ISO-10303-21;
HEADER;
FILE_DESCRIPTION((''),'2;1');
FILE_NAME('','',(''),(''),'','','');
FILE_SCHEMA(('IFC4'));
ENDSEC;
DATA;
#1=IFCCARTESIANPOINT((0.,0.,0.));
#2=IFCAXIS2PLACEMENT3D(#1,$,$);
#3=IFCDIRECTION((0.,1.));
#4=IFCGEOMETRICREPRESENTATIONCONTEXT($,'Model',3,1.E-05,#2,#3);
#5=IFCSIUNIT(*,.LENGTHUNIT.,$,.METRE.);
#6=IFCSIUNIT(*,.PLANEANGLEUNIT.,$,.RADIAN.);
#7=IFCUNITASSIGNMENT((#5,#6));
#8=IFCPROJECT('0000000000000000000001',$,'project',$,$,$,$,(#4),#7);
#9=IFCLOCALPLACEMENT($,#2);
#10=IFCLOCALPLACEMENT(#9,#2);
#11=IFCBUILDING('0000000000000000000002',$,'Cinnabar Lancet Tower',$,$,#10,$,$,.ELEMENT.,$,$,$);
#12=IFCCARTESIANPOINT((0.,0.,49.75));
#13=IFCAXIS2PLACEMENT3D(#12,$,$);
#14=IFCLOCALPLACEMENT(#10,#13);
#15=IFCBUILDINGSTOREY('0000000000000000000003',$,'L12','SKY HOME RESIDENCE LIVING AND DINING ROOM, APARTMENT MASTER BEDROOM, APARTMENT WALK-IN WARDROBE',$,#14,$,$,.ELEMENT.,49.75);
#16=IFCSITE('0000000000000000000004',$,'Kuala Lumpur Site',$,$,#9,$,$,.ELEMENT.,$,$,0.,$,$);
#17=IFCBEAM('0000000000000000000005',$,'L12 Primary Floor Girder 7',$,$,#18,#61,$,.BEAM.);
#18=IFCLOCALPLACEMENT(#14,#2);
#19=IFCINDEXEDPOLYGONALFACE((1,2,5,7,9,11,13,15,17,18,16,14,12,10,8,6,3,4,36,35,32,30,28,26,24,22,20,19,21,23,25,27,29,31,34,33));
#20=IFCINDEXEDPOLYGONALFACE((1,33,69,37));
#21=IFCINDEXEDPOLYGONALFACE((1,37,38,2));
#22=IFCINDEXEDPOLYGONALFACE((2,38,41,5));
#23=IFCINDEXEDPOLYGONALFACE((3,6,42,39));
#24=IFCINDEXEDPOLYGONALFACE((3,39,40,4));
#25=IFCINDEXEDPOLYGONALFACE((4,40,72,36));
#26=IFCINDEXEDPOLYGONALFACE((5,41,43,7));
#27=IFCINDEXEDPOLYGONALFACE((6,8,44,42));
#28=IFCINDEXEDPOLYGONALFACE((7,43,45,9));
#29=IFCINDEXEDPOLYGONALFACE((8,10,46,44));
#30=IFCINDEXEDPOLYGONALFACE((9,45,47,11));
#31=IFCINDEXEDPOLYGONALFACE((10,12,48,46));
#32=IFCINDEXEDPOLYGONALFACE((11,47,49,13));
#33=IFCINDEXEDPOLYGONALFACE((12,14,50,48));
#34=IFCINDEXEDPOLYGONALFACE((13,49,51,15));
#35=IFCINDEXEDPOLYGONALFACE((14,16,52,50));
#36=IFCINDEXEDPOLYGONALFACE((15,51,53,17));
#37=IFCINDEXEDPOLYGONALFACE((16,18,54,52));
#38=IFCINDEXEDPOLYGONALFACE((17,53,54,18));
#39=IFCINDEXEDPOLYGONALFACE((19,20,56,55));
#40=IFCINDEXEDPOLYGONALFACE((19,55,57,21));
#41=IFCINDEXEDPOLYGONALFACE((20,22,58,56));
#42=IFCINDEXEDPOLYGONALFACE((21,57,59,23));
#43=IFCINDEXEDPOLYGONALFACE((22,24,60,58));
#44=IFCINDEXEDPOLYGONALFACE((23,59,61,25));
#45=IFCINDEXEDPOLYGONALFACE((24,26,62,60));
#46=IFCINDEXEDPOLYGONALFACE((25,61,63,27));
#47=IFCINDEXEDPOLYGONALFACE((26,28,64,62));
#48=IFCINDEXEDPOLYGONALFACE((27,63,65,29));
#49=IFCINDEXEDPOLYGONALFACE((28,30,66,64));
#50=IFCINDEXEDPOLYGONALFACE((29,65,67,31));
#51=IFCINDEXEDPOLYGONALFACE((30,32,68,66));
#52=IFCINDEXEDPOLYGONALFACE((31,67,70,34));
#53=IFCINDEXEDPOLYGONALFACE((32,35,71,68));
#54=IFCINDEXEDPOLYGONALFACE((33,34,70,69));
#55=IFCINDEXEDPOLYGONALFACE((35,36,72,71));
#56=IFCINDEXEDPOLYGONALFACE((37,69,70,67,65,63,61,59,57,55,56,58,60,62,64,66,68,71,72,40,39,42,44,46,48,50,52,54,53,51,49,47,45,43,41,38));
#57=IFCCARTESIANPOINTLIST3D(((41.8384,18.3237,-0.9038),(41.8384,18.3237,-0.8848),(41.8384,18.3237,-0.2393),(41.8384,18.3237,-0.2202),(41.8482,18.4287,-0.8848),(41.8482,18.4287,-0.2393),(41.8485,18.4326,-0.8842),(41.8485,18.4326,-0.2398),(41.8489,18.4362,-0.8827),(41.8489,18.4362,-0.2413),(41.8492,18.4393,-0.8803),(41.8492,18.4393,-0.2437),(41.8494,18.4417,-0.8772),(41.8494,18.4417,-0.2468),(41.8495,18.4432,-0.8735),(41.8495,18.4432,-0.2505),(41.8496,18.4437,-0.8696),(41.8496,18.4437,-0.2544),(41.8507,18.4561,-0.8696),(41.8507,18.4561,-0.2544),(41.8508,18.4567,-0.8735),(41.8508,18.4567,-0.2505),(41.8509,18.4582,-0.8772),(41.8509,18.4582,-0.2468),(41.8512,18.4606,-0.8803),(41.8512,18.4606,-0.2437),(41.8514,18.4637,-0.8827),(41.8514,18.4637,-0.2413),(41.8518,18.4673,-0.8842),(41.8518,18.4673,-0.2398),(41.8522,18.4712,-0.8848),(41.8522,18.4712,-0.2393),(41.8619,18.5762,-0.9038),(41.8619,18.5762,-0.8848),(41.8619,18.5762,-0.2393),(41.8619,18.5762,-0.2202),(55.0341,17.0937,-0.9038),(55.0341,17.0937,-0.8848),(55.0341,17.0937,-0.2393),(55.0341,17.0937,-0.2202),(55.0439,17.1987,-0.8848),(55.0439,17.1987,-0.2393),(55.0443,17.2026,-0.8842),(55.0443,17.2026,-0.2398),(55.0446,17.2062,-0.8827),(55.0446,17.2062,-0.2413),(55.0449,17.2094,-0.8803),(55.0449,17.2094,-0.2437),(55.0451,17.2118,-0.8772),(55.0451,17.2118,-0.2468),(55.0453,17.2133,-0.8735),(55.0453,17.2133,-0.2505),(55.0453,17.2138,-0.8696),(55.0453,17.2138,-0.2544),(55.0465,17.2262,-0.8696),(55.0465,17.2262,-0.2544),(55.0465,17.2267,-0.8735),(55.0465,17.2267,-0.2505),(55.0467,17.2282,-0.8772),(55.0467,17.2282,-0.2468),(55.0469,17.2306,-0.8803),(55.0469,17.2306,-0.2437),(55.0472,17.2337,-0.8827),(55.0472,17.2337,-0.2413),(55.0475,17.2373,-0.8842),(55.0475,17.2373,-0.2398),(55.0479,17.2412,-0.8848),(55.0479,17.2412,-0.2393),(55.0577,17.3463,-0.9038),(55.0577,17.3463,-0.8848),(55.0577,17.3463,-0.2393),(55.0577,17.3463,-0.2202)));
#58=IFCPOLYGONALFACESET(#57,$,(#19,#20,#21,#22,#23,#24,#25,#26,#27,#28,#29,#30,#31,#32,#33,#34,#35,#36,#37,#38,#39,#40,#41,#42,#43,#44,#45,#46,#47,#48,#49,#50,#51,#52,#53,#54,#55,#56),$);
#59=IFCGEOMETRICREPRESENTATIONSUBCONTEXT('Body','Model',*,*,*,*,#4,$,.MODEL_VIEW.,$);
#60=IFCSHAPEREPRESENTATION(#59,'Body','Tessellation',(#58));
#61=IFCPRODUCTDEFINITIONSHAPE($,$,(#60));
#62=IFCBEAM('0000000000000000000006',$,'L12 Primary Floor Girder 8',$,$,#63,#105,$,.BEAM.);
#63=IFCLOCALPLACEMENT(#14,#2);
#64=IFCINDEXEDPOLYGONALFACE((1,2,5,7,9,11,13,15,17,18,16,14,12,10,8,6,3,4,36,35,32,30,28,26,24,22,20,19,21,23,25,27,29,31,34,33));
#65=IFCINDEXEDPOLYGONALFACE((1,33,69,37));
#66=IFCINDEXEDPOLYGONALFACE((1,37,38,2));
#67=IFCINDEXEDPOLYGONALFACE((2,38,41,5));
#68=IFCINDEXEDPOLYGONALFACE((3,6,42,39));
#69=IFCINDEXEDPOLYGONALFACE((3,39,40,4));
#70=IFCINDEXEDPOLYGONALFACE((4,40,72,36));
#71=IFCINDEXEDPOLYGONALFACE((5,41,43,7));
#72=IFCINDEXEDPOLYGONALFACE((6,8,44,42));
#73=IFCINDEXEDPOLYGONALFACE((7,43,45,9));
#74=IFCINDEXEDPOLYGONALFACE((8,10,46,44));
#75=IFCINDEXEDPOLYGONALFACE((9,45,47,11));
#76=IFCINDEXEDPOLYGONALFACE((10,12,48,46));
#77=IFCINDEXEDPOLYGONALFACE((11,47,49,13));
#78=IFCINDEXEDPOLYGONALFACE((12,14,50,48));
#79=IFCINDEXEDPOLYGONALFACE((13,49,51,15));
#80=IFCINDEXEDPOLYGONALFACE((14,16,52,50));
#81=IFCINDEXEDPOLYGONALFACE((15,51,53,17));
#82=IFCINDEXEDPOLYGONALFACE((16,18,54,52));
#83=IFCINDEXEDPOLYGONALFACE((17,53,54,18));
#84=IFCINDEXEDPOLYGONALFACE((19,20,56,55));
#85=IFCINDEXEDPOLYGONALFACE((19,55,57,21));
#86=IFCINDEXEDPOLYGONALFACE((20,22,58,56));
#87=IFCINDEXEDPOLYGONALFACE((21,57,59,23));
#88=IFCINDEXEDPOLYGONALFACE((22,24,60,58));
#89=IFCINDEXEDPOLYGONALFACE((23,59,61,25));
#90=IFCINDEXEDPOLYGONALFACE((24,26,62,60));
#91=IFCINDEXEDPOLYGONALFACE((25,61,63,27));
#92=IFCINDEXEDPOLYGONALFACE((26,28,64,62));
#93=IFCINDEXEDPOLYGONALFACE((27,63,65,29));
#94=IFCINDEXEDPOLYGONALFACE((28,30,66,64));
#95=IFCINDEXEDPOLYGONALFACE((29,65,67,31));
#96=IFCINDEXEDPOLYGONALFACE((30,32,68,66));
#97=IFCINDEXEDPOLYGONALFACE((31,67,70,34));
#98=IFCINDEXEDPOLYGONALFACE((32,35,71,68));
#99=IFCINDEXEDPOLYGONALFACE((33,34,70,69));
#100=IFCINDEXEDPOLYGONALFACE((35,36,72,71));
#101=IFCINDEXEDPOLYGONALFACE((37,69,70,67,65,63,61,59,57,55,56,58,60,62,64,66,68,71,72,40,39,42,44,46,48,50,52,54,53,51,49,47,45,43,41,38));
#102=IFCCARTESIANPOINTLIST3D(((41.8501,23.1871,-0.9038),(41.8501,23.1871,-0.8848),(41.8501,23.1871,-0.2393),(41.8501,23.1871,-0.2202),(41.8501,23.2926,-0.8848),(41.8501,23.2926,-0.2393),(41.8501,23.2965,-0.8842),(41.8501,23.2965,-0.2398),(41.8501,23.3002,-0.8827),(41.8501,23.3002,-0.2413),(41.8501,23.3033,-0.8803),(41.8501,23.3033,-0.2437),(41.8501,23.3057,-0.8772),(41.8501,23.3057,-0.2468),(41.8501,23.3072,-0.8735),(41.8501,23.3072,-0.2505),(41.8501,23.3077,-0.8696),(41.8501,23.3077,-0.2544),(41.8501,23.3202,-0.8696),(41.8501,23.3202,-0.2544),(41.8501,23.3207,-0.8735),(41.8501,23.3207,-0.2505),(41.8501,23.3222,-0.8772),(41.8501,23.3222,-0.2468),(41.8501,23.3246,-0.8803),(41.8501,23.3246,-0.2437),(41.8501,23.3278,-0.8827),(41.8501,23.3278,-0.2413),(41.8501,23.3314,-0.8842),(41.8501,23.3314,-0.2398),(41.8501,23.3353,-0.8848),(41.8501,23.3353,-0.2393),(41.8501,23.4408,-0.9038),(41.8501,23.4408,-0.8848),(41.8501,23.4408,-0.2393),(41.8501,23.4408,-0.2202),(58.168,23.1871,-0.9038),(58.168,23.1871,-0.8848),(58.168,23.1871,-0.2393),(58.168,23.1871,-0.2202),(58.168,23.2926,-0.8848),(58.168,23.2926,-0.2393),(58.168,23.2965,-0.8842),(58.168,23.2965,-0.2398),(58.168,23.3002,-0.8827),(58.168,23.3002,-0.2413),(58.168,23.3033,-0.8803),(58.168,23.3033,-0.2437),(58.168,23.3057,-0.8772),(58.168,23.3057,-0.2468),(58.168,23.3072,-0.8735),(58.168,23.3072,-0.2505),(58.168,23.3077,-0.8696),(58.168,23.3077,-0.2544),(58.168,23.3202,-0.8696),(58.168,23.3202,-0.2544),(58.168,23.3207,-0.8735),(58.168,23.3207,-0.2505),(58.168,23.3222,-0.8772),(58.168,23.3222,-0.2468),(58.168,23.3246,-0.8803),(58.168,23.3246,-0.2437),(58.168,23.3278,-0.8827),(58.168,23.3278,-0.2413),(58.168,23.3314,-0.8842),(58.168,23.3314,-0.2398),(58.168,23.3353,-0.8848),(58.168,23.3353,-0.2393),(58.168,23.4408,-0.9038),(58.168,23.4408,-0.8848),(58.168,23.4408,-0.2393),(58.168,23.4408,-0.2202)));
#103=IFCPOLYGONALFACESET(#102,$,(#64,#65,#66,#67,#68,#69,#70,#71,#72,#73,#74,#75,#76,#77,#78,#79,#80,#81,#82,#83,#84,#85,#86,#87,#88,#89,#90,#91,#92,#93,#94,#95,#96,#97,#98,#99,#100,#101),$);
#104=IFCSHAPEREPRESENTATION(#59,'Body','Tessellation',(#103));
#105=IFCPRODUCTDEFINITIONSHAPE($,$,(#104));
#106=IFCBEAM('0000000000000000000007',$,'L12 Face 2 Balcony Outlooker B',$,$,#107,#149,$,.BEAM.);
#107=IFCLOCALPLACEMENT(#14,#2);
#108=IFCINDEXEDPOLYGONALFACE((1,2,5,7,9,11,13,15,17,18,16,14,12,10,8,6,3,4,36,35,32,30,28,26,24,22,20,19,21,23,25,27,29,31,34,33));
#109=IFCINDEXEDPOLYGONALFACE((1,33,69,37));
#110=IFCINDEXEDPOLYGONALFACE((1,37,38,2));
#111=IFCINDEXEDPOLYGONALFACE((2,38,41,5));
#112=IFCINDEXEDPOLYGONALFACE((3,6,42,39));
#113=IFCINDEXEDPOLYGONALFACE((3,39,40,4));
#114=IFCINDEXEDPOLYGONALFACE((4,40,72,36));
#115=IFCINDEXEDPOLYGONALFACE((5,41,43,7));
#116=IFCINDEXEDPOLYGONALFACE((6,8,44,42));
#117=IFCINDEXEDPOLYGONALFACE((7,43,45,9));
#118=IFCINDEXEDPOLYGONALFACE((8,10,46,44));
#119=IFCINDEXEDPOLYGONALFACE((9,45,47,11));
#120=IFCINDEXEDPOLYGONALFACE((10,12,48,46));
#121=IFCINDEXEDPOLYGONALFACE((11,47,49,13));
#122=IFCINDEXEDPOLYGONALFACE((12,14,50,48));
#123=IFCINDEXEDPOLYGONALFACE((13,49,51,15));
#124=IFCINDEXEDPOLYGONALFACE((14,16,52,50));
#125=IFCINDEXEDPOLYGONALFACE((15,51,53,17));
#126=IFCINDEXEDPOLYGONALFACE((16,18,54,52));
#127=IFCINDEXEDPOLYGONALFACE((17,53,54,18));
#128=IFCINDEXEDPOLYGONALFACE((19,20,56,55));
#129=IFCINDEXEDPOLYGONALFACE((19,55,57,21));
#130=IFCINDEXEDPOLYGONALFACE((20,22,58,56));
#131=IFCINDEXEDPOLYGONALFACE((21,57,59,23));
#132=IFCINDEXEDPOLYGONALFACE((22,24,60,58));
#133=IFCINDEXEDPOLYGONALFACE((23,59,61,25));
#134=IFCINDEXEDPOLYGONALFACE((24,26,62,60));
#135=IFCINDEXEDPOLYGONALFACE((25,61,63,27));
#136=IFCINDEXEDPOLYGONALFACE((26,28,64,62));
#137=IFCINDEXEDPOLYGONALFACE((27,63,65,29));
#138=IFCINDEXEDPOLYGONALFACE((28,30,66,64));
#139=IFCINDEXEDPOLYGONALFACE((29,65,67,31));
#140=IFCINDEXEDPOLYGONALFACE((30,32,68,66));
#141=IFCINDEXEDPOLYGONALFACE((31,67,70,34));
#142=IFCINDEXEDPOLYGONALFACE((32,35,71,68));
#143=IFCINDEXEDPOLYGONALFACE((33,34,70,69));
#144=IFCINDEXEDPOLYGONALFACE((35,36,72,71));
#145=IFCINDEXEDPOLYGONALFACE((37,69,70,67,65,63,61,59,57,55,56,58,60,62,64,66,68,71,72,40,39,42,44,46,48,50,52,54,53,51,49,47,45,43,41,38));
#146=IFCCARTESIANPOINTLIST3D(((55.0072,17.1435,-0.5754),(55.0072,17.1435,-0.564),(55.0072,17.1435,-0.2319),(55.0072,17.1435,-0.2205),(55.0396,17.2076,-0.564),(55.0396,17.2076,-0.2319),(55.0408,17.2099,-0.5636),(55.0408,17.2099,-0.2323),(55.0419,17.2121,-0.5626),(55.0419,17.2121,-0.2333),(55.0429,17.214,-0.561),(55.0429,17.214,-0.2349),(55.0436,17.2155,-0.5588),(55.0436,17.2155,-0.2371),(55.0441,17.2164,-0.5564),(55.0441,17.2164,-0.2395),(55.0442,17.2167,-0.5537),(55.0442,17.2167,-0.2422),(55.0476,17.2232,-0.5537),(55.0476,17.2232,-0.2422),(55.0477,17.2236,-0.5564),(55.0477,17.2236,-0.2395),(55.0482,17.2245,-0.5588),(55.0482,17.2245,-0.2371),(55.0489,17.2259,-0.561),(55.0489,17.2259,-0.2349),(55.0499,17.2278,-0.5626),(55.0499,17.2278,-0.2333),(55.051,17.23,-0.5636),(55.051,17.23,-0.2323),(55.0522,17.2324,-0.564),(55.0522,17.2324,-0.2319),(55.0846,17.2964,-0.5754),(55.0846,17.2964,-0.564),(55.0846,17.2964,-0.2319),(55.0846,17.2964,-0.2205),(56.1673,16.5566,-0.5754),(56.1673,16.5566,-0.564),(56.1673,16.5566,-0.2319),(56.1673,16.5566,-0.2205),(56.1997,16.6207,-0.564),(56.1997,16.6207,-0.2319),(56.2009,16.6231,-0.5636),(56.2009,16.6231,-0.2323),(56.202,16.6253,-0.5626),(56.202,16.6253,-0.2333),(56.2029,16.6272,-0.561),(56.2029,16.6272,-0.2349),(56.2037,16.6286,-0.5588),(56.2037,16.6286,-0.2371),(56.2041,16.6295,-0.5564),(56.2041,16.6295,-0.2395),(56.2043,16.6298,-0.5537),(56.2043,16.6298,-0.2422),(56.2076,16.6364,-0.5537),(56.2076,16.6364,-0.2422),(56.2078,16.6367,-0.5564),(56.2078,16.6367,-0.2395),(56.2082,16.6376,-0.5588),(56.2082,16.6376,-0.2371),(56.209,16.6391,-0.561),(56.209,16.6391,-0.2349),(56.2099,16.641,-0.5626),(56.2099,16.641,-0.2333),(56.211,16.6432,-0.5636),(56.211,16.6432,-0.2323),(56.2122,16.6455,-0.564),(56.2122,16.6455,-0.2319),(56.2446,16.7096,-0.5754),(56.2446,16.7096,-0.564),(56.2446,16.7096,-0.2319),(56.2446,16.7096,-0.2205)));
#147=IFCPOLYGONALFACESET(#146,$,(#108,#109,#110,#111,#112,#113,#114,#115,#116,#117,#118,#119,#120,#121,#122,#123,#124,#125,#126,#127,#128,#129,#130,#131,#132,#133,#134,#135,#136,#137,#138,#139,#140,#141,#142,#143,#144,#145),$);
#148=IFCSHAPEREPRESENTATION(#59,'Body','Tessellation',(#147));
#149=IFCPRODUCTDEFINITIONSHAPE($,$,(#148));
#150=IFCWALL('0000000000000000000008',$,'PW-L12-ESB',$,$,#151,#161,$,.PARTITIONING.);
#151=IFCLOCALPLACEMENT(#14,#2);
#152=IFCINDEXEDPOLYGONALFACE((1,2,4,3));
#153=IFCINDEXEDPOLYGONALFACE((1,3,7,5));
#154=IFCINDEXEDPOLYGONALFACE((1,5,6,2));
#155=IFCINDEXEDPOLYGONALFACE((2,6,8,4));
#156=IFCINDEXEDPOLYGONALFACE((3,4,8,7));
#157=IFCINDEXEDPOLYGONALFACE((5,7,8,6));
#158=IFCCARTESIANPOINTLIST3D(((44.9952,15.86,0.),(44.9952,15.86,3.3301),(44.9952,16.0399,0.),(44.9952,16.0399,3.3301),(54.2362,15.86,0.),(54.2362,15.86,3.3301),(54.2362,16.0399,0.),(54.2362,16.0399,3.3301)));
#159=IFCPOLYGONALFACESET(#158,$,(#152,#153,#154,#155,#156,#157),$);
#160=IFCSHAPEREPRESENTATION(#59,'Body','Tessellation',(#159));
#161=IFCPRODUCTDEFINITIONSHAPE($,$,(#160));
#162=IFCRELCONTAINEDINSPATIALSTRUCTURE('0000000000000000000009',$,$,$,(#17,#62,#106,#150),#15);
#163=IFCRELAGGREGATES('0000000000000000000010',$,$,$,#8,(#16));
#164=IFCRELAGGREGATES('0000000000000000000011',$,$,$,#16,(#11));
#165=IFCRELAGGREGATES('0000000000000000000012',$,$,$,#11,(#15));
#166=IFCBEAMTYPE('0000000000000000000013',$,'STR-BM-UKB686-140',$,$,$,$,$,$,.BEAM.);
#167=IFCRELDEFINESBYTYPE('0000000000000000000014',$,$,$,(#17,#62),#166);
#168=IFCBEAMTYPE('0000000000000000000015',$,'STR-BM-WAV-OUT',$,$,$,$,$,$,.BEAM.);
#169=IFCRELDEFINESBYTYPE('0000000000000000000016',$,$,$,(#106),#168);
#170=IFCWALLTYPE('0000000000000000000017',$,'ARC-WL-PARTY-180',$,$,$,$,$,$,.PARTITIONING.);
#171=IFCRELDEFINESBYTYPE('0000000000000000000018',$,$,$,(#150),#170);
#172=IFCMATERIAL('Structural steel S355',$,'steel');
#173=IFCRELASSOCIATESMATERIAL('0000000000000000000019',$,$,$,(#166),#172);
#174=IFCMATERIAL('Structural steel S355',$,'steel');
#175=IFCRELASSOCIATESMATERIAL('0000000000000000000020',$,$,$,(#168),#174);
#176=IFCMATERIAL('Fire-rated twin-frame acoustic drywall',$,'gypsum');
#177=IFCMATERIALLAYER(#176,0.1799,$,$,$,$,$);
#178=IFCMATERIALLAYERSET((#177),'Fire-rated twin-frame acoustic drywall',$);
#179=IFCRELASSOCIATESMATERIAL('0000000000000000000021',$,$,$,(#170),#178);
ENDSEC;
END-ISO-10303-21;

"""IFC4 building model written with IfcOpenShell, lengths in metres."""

from ifc_helpers import new_model, si_unit, direction, frame, frame_2d, origin, origin_2d, place, context, subcontext, project, spatial, rectangle, i_section, extrude, material, layer, layer_set, material_profile, profile_set, type_object, element, save


model = new_model("IFC4")

# Units and contexts
model_context = context("Model", 3, precision=1e-05, world=origin(), true_north=direction((0.0, 1.0)))
body_context = subcontext(model_context, "Body", "Model", "MODEL_VIEW")
ifc_project = project(units=[si_unit("LENGTHUNIT", "METRE"), si_unit("PLANEANGLEUNIT", "RADIAN")], contexts=[model_context])

# Site, building, storey
site_placement = place(None, origin())
site = spatial("IfcSite", under=ifc_project, at=site_placement, Name="Kuala Lumpur Site", CompositionType="ELEMENT", RefElevation=0.0)
building_placement = place(site_placement, origin())
building = spatial("IfcBuilding", under=site, at=building_placement, Name="Cinnabar Lancet Tower", CompositionType="ELEMENT")
storey_placement = place(building_placement, frame((0.0, 0.0, 49.75)))
storey = spatial("IfcBuildingStorey", under=building, at=storey_placement, Name="L12", Description="SKY HOME RESIDENCE LIVING AND DINING ROOM, APARTMENT MASTER BEDROOM, APARTMENT WALK-IN WARDROBE", CompositionType="ELEMENT", Elevation=49.75)

# Beams
ifc_material_1 = material(Name="Structural steel S355", Category="steel")
ifc_material_profile_1 = material_profile(ifc_material_1, i_section(OverallWidth=0.2537, OverallDepth=0.6836, WebThickness=0.0125, FlangeThickness=0.019, FilletRadius=0.0151, at=origin_2d()), Name="UKB 686x254x140")
ifc_profile_set_1 = profile_set([ifc_material_profile_1], Name="Structural steel S355")
beam_type_1 = type_object("IfcBeamType", Name="STR-BM-UKB686-140", PredefinedType="BEAM", material=ifc_profile_set_1)
beam_1_placement = place(storey_placement, frame((55.0459, 17.22, -0.562), z_axis=(-0.995684, 0.092808, 0.0), x_axis=(-0.092808, -0.995684, 0.0)))
element("IfcBeam", 1, at=beam_1_placement, inside=storey, type_object=beam_type_1, Name="L12 Primary Floor Girder 7", PredefinedType="BEAM", context=body_context, shape_type="SweptSolid", body=[
    extrude(i_section(OverallWidth=0.2537, OverallDepth=0.6836, WebThickness=0.0125, FlangeThickness=0.019, FilletRadius=0.0151, at=origin_2d()), origin(), (0.0, 0.0, 1.0), 13.2529),
])
beam_2_placement = place(storey_placement, frame((58.168, 23.314, -0.562), z_axis=(-1.0, 0.0, 0.0), x_axis=(0.0, -1.0, 0.0)))
element("IfcBeam", 2, at=beam_2_placement, inside=storey, type_object=beam_type_1, Name="L12 Primary Floor Girder 8", PredefinedType="BEAM", context=body_context, shape_type="SweptSolid", body=[
    extrude(i_section(OverallWidth=0.2537, OverallDepth=0.6836, WebThickness=0.0125, FlangeThickness=0.019, FilletRadius=0.0151, at=origin_2d()), origin(), (0.0, 0.0, 1.0), 16.3179),
])
ifc_material_2 = material(Name="Structural steel S355", Category="steel")
ifc_material_profile_2 = material_profile(ifc_material_2, i_section(OverallWidth=0.1714, OverallDepth=0.355, WebThickness=0.0073, FlangeThickness=0.0115, FilletRadius=0.0103, at=origin_2d()), Name="UKB 356x171x51")
ifc_profile_set_2 = profile_set([ifc_material_profile_2], Name="Structural steel S355")
beam_type_2 = type_object("IfcBeamType", Name="STR-BM-WAV-OUT", PredefinedType="BEAM", material=ifc_profile_set_2)
beam_3_placement = place(storey_placement, frame((55.0459, 17.22, -0.3979), z_axis=(0.892314, -0.451415, 0.0), x_axis=(0.451415, 0.892314, 0.0)))
element("IfcBeam", 3, at=beam_3_placement, inside=storey, type_object=beam_type_2, Name="L12 Face 2 Balcony Outlooker B", PredefinedType="BEAM", context=body_context, shape_type="SweptSolid", body=[
    extrude(i_section(OverallWidth=0.1714, OverallDepth=0.355, WebThickness=0.0073, FlangeThickness=0.0115, FilletRadius=0.0103, at=origin_2d()), origin(), (0.0, 0.0, 1.0), 1.3),
])

# Wall
ifc_material_3 = material(Name="Fire-rated twin-frame acoustic drywall", Category="gypsum")
ifc_layer_1 = layer(ifc_material_3, 0.1799)
ifc_layer_set_1 = layer_set([ifc_layer_1], Name="Fire-rated twin-frame acoustic drywall")
wall_type_1 = type_object("IfcWallType", Name="ARC-WL-PARTY-180", PredefinedType="PARTITIONING", material=ifc_layer_set_1)
wall_1_placement = place(storey_placement, frame((44.9951, 15.95, 0.0), z_axis=(0.0, 0.0, 1.0), x_axis=(1.0, 0.0, 0.0)))
element("IfcWall", 4, at=wall_1_placement, inside=storey, type_object=wall_type_1, Name="PW-L12-ESB", PredefinedType="PARTITIONING", context=body_context, shape_type="SweptSolid", body=[
    extrude(rectangle(XDim=9.241, YDim=0.1799, at=frame_2d((4.6206, 0.0))), origin(), (0.0, 0.0, 1.0), 3.3301),
])

save(model, "model.ifc")
